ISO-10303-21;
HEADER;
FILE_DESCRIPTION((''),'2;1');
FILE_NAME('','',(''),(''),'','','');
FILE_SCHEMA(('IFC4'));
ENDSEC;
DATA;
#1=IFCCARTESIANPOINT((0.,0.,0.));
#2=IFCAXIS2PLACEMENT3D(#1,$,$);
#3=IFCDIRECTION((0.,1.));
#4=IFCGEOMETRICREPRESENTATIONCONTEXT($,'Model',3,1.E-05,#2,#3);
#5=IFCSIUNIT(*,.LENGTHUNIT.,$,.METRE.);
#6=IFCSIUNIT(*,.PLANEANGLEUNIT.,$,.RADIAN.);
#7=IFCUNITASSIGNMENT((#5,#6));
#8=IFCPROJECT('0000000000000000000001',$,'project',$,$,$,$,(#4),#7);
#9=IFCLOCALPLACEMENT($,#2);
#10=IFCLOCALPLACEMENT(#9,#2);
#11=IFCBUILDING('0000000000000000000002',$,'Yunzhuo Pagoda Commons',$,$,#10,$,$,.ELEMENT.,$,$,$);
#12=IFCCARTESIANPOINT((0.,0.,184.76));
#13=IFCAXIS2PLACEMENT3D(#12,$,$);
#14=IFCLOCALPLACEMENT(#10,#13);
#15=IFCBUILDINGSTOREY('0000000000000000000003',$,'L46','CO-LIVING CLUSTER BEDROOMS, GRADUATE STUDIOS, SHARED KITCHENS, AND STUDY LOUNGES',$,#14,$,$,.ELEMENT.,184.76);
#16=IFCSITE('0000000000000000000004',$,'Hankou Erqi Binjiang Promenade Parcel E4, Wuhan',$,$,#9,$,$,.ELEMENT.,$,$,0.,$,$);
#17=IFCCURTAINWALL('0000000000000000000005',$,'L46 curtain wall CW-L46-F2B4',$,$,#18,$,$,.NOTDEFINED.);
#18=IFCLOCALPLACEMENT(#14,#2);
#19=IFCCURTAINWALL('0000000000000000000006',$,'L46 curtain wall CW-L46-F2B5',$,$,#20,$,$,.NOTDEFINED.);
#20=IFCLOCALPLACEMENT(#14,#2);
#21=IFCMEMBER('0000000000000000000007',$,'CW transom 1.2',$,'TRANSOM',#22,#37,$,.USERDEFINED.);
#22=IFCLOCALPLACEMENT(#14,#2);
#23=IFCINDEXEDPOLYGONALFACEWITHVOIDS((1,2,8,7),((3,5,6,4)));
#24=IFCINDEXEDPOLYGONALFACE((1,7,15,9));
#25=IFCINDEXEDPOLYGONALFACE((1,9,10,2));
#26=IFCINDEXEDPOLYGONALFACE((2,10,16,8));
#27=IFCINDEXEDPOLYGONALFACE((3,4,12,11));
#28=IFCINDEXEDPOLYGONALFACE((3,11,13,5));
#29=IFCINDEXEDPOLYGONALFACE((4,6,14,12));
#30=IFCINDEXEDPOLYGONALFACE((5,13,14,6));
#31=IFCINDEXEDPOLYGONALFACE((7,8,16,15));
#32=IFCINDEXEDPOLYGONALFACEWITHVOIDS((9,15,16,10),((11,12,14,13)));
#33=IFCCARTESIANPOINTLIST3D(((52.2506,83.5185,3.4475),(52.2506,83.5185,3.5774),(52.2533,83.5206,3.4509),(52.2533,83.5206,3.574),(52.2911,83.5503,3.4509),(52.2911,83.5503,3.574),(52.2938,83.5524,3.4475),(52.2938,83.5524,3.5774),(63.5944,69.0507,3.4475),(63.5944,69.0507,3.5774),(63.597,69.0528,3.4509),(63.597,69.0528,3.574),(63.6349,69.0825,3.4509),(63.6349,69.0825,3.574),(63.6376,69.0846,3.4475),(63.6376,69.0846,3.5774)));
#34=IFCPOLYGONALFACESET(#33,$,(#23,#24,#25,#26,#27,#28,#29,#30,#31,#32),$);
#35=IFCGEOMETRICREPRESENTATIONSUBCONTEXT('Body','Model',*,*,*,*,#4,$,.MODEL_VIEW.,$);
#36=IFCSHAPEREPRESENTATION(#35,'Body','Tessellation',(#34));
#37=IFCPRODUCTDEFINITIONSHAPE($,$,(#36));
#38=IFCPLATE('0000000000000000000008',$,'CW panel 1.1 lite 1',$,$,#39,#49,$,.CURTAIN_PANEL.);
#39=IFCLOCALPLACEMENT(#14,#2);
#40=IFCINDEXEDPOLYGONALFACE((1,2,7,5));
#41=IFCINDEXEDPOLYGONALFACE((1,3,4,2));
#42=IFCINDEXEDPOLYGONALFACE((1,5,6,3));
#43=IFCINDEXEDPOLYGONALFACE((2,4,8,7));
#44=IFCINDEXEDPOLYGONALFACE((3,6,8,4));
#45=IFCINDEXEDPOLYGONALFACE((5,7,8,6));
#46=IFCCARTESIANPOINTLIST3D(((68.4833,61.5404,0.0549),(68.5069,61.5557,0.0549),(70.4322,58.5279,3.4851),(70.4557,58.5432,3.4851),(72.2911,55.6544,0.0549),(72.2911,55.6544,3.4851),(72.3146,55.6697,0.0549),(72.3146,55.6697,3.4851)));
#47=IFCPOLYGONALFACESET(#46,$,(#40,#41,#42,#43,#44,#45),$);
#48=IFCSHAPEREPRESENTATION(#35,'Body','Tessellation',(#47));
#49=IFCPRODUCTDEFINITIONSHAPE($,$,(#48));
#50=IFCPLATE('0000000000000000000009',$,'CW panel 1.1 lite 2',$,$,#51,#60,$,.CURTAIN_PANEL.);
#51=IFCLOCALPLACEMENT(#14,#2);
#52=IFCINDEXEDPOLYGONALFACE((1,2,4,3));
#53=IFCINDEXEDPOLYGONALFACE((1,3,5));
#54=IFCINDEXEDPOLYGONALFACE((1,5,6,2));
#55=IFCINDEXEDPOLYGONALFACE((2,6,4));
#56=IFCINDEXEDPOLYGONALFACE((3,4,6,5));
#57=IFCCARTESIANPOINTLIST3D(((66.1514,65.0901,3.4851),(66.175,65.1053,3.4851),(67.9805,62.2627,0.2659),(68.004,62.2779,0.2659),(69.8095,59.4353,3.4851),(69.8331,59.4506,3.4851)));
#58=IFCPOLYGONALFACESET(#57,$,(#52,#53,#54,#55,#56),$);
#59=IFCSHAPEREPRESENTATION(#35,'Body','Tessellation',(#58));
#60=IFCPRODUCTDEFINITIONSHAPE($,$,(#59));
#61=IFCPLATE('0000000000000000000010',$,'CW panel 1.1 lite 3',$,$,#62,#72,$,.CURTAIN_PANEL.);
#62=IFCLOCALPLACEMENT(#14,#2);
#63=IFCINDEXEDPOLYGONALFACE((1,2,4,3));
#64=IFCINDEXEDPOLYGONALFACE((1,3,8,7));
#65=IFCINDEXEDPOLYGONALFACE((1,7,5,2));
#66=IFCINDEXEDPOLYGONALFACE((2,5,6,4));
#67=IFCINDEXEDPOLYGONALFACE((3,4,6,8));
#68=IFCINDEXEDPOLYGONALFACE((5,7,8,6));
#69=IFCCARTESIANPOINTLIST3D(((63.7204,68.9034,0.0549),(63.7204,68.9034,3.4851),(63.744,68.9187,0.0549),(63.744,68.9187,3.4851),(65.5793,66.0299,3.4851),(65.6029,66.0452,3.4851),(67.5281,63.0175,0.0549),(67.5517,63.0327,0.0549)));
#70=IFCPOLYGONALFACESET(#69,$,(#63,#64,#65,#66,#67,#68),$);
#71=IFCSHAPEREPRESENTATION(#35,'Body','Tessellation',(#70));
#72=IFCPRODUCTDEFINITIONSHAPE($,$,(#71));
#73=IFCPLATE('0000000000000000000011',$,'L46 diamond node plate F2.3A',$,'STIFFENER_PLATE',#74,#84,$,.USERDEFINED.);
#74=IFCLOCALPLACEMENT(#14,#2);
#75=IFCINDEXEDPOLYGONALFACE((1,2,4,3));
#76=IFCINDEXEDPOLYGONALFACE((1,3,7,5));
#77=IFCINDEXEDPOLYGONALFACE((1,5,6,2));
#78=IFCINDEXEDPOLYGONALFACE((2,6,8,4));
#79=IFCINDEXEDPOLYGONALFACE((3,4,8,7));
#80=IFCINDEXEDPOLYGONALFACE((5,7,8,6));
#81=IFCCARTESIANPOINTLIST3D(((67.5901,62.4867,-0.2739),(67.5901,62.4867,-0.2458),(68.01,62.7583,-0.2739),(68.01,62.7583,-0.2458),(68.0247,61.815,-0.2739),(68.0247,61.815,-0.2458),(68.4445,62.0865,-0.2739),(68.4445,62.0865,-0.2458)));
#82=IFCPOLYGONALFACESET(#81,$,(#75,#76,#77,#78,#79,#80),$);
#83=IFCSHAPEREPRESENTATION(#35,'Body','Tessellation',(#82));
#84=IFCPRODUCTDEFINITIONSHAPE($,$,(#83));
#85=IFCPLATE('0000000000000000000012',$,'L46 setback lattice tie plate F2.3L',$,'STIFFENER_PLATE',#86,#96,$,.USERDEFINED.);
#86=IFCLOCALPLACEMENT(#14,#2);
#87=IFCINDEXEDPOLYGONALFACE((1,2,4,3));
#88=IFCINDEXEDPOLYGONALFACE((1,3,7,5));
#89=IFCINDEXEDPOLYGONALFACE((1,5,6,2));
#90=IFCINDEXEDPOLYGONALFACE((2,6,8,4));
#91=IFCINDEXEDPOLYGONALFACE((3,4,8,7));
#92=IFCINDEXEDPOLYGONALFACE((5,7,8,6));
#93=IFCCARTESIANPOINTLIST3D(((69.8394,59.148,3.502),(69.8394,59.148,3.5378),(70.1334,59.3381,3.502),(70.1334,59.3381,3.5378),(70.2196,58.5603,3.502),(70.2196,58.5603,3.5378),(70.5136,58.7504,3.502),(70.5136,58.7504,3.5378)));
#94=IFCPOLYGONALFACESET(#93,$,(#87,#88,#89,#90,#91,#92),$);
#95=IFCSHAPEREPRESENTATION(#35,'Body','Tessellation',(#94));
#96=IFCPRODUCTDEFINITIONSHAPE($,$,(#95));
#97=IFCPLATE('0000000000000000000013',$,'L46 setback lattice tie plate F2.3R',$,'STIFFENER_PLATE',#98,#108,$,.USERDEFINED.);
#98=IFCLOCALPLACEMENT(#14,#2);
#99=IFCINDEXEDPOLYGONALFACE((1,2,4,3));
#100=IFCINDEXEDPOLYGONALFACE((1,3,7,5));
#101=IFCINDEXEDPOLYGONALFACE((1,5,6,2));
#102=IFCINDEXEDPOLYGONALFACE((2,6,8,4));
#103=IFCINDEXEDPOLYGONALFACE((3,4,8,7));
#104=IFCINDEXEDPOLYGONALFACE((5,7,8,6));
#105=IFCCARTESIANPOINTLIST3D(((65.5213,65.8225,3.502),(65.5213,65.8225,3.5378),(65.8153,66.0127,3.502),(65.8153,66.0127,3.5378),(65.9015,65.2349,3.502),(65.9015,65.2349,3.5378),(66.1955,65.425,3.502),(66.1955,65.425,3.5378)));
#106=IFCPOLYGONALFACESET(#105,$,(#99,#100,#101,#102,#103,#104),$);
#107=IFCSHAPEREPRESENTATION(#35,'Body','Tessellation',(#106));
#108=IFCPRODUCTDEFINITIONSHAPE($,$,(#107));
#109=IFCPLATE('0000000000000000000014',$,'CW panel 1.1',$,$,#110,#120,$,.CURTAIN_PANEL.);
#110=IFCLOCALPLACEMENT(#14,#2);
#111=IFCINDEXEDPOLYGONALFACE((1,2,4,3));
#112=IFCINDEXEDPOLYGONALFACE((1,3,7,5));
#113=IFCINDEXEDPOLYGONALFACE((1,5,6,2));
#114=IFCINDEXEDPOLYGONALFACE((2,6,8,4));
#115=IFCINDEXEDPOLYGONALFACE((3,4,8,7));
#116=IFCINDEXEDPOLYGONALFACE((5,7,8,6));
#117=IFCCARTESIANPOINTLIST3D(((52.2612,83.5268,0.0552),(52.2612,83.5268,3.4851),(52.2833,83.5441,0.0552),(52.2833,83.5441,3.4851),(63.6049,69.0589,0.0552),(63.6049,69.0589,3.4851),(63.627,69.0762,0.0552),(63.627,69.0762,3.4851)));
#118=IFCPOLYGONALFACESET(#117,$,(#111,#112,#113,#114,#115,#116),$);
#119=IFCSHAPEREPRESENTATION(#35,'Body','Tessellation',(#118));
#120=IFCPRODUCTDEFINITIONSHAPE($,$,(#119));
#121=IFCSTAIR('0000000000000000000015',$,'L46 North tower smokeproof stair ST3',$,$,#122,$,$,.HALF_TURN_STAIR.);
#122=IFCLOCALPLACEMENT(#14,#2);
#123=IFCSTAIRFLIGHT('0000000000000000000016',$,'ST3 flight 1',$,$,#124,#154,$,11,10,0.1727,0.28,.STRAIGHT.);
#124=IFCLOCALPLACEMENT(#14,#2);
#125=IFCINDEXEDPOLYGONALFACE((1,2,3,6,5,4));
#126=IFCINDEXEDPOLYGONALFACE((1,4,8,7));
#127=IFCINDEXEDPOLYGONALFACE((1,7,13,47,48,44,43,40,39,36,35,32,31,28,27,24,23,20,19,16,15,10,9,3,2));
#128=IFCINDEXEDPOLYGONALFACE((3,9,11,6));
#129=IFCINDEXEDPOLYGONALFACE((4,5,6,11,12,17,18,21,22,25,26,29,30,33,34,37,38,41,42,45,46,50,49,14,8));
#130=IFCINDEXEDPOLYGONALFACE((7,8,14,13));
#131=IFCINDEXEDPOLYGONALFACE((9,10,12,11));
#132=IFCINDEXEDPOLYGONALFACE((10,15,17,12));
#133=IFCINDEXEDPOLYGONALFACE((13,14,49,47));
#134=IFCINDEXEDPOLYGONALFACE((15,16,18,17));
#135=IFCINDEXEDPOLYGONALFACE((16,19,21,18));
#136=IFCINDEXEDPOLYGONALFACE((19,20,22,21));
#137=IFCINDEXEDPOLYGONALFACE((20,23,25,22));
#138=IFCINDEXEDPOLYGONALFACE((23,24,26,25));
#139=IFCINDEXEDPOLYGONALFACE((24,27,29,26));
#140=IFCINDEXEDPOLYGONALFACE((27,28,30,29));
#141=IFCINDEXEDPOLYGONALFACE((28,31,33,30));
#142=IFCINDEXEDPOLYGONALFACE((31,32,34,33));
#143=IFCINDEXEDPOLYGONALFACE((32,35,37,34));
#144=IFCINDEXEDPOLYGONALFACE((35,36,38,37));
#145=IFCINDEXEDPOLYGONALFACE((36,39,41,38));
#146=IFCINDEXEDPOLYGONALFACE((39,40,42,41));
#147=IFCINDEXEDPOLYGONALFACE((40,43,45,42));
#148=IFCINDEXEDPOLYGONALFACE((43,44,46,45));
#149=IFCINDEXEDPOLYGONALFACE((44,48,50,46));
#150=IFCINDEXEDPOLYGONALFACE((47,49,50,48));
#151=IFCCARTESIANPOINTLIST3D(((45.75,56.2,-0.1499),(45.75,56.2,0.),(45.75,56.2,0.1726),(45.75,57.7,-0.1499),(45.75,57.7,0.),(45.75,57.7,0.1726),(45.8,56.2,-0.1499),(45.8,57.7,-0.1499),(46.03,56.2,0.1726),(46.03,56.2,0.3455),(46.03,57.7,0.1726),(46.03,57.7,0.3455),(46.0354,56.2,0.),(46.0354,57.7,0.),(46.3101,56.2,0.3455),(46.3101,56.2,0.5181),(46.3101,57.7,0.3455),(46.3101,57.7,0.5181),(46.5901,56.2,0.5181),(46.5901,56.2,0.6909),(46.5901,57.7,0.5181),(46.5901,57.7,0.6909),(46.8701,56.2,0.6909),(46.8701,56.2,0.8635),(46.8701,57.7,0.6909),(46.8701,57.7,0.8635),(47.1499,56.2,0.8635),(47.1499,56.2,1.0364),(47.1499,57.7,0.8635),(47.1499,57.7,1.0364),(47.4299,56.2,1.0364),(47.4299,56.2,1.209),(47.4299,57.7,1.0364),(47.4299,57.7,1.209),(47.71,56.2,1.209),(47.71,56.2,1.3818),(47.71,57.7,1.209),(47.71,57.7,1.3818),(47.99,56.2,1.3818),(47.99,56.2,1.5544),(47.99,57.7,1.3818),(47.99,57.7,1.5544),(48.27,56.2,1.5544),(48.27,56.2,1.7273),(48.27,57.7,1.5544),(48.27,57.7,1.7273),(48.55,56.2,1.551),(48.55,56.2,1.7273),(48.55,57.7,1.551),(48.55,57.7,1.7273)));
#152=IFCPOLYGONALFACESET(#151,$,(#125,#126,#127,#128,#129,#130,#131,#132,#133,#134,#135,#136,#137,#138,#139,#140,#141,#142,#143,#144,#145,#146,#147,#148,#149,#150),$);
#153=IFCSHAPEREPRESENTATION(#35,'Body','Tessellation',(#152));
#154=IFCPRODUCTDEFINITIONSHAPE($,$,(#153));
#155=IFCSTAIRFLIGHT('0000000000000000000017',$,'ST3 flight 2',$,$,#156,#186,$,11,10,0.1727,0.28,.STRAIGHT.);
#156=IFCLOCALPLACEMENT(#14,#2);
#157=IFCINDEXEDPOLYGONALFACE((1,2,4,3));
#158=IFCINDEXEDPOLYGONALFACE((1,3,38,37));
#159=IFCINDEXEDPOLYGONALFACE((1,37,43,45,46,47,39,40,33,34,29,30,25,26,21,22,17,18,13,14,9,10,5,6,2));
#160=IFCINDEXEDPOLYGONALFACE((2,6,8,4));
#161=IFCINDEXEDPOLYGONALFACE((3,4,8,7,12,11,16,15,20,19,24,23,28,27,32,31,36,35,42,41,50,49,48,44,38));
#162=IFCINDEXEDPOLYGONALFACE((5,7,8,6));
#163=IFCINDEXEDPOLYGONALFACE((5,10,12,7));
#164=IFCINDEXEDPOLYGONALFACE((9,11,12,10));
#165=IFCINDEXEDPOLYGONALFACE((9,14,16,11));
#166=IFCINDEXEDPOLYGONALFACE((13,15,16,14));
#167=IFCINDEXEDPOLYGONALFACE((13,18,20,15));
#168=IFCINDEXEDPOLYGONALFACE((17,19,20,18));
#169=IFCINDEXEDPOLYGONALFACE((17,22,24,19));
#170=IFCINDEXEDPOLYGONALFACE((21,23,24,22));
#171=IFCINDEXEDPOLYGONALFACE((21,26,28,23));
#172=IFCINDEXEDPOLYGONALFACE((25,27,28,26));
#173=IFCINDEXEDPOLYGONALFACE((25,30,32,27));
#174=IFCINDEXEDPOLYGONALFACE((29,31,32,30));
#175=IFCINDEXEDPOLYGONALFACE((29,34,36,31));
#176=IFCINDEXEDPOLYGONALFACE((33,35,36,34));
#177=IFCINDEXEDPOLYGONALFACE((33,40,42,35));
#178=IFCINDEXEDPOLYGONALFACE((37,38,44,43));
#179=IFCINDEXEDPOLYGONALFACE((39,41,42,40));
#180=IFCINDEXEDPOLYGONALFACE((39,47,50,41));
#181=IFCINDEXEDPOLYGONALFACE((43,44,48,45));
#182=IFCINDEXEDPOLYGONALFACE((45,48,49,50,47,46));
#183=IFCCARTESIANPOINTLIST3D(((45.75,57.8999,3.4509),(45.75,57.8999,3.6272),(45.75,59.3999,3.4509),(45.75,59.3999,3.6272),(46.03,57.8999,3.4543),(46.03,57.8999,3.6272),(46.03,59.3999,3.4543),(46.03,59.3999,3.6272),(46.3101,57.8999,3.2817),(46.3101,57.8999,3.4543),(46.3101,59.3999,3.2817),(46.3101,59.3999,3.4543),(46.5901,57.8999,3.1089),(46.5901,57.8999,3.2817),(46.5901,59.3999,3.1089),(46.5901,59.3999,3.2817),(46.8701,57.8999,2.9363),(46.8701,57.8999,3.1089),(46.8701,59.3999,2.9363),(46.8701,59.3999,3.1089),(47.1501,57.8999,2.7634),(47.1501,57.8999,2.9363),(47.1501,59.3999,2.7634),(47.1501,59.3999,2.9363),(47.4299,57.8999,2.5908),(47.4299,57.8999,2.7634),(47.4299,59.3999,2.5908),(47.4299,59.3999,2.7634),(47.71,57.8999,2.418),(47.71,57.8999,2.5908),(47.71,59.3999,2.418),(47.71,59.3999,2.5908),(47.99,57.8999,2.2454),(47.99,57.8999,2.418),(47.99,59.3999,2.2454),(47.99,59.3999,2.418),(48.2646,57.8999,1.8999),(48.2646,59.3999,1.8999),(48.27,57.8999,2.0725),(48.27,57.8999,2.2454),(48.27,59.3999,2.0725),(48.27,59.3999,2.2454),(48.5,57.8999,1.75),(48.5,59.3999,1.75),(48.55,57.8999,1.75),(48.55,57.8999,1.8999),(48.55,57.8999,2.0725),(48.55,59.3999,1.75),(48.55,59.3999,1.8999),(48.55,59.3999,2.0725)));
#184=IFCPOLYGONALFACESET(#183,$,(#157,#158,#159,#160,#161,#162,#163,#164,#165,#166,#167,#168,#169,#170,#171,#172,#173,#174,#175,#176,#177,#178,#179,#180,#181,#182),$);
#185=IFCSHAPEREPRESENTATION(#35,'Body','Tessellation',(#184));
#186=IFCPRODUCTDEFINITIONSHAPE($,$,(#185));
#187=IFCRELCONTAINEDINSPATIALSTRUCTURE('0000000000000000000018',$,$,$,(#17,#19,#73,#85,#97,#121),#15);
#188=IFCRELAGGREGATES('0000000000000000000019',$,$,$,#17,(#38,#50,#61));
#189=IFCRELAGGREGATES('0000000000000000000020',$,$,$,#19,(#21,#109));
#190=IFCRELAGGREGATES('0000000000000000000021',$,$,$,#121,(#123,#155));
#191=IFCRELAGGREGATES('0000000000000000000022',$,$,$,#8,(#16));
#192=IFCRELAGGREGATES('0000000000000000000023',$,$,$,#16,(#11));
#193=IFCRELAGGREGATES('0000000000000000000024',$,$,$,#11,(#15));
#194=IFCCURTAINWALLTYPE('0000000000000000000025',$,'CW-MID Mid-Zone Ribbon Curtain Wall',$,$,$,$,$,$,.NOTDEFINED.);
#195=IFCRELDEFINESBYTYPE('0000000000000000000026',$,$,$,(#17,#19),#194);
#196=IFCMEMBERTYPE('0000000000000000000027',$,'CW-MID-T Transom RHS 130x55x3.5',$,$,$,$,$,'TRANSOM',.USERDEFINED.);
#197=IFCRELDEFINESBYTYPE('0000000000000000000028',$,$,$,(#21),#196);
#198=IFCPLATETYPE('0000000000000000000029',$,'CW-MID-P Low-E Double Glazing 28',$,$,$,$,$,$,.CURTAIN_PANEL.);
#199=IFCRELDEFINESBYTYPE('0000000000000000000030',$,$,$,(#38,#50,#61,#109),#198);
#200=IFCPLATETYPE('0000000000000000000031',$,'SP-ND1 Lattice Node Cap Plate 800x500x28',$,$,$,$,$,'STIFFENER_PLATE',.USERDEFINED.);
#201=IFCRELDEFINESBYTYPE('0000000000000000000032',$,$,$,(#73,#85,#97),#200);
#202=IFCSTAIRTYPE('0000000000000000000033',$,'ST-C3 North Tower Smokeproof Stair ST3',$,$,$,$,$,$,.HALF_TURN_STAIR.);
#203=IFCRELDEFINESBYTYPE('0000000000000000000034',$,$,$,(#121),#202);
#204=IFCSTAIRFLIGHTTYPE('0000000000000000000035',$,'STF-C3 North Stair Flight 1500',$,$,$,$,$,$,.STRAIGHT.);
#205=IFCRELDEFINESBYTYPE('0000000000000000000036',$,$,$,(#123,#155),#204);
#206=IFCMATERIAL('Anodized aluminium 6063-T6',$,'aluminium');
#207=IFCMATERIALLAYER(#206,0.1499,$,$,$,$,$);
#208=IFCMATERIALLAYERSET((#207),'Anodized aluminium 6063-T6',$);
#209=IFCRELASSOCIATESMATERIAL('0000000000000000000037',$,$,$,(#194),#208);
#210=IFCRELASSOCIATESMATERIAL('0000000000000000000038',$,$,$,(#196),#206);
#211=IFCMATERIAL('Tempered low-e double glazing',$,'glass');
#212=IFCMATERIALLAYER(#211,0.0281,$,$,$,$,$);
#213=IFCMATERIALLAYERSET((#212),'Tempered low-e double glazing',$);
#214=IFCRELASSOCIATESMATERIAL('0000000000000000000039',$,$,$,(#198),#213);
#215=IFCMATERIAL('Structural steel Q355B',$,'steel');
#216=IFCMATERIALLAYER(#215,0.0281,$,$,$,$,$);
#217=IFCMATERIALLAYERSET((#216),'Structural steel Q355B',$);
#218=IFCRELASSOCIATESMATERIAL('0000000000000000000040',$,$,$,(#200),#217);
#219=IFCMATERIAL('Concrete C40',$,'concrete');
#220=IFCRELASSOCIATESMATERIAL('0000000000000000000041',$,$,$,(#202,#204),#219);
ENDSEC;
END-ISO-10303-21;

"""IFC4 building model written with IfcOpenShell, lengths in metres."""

from ifc_helpers import new_model, si_unit, direction, frame, origin, origin_2d, place, context, subcontext, project, spatial, polyline, rectangle, hollow_rectangle, outline, extrude, source, transform, mapped, material, layer, layer_set, material_profile, profile_set, type_object, element, aggregate, save


model = new_model("IFC4")

# Units and contexts
model_context = context("Model", 3, precision=1e-05, world=origin(), true_north=direction((0.0, 1.0)))
body_context = subcontext(model_context, "Body", "Model", "MODEL_VIEW")
ifc_project = project(units=[si_unit("LENGTHUNIT", "METRE"), si_unit("PLANEANGLEUNIT", "RADIAN")], contexts=[model_context])

# Site, building, storey
site_placement = place(None, origin())
site = spatial("IfcSite", under=ifc_project, at=site_placement, Name="Hankou Erqi Binjiang Promenade Parcel E4, Wuhan", CompositionType="ELEMENT", RefElevation=0.0)
building_placement = place(site_placement, origin())
building = spatial("IfcBuilding", under=site, at=building_placement, Name="Yunzhuo Pagoda Commons", CompositionType="ELEMENT")
storey_placement = place(building_placement, frame((0.0, 0.0, 184.76)))
storey = spatial("IfcBuildingStorey", under=building, at=storey_placement, Name="L46", Description="CO-LIVING CLUSTER BEDROOMS, GRADUATE STUDIOS, SHARED KITCHENS, AND STUDY LOUNGES", CompositionType="ELEMENT", Elevation=184.76)

# Shared definitions
ifc_material_1 = material(Name="Structural steel Q355B", Category="steel")

# Curtain wall
ifc_material_2 = material(Name="Anodized aluminium 6063-T6", Category="aluminium")
ifc_layer_1 = layer(ifc_material_2, 0.1499)
ifc_layer_set_1 = layer_set([ifc_layer_1], Name="Anodized aluminium 6063-T6")
curtain_wall_type = type_object("IfcCurtainWallType", Name="CW-MID Mid-Zone Ribbon Curtain Wall", PredefinedType="NOTDEFINED", material=ifc_layer_set_1)
curtain_wall_1_placement = place(storey_placement, origin())
curtain_wall_1 = element("IfcCurtainWall", 1, at=curtain_wall_1_placement, inside=storey, type_object=curtain_wall_type, Name="L46 curtain wall CW-L46-F2B4", PredefinedType="NOTDEFINED")

# Curtain wall, member
curtain_wall_2_placement = place(storey_placement, origin())
curtain_wall_2 = element("IfcCurtainWall", 2, at=curtain_wall_2_placement, inside=storey, type_object=curtain_wall_type, Name="L46 curtain wall CW-L46-F2B5", PredefinedType="NOTDEFINED")
ifc_material_profile_1 = material_profile(ifc_material_2, hollow_rectangle(XDim=0.0549, YDim=0.1299, WallThickness=0.0034, at=origin_2d()), Name="Anodized aluminium 6063-T6")
ifc_profile_set_1 = profile_set([ifc_material_profile_1], Name="Anodized aluminium 6063-T6")
member_type_1 = type_object("IfcMemberType", Name="CW-MID-T Transom RHS 130x55x3.5", ElementType="TRANSOM", PredefinedType="USERDEFINED", material=ifc_profile_set_1)
shared_shape_1 = source(origin(), body_context, "Body", "SweptSolid", [
    extrude(hollow_rectangle(XDim=0.0549, YDim=0.1299, WallThickness=0.0034, at=origin_2d()), origin(), (0.0, 0.0, 1.0), 18.3848),
])
member_1_placement = place(storey_placement, frame((63.616, 69.0676, 3.5125), z_axis=(-0.617021, 0.786946, 0.0), x_axis=(-0.786946, -0.617021, 0.0)))
member_1 = element("IfcMember", 3, at=member_1_placement, type_object=member_type_1, Name="CW transom 1.2", ObjectType="TRANSOM", PredefinedType="USERDEFINED", context=body_context, shape_type="MappedRepresentation", body=[
    mapped(shared_shape_1, transform((0.0, 0.0, 0.0), scale=1.0)),
])

# Plates
ifc_material_3 = material(Name="Tempered low-e double glazing", Category="glass")
ifc_layer_2 = layer(ifc_material_3, 0.0281)
ifc_layer_set_2 = layer_set([ifc_layer_2], Name="Tempered low-e double glazing")
plate_type_1 = type_object("IfcPlateType", Name="CW-MID-P Low-E Double Glazing 28", PredefinedType="CURTAIN_PANEL", material=ifc_layer_set_2)
plate_1_placement = place(storey_placement, frame((70.3872, 58.5974, 1.77), z_axis=(0.839627, 0.543164, 0.0), x_axis=(-0.543164, 0.839627, 0.0)))
plate_1 = element("IfcPlate", 4, at=plate_1_placement, type_object=plate_type_1, Name="CW panel 1.1 lite 1", PredefinedType="CURTAIN_PANEL", context=body_context, shape_type="SweptSolid", body=[
    extrude(outline(polyline([(-3.5051, -1.7151), (3.5051, -1.7151), (-0.0828, 1.7151), (-3.5051, 1.7151), (-3.5051, -1.7151)])), origin(), (0.0, 0.0, 1.0), 0.0281),
])
plate_2_placement = place(storey_placement, frame((67.9805, 62.2627, 1.8755), z_axis=(0.839627, 0.543164, 0.0), x_axis=(-0.543164, 0.839627, 0.0)))
plate_2 = element("IfcPlate", 5, at=plate_2_placement, type_object=plate_type_1, Name="CW panel 1.1 lite 2", PredefinedType="CURTAIN_PANEL", context=body_context, shape_type="SweptSolid", body=[
    extrude(outline(polyline([(-3.3674, 1.6096), (0.0, -1.6096), (3.3674, 1.6096), (-3.3674, 1.6096)])), origin(), (0.0, 0.0, 1.0), 0.0281),
])
plate_3_placement = place(storey_placement, frame((65.6243, 65.9604, 1.77), z_axis=(0.839627, 0.543164, 0.0), x_axis=(-0.543164, 0.839627, 0.0)))
plate_3 = element("IfcPlate", 6, at=plate_3_placement, type_object=plate_type_1, Name="CW panel 1.1 lite 3", PredefinedType="CURTAIN_PANEL", context=body_context, shape_type="SweptSolid", body=[
    extrude(outline(polyline([(-3.5051, -1.7151), (3.5051, -1.7151), (3.5051, 1.7151), (0.0828, 1.7151), (-3.5051, -1.7151)])), origin(), (0.0, 0.0, 1.0), 0.0281),
])
aggregate(curtain_wall_1, [plate_1, plate_2, plate_3])

# Plates
ifc_layer_3 = layer(ifc_material_1, 0.0281)
ifc_layer_set_3 = layer_set([ifc_layer_3], Name="Structural steel Q355B")
plate_type_2 = type_object("IfcPlateType", Name="SP-ND1 Lattice Node Cap Plate 800x500x28", ElementType="STIFFENER_PLATE", PredefinedType="USERDEFINED", material=ifc_layer_set_3)
shared_shape_2 = source(origin(), body_context, "Body", "SweptSolid", [
    extrude(rectangle(XDim=0.8, YDim=0.5, at=origin_2d()), origin(), (0.0, 0.0, 1.0), 0.0281),
])
plate_4_placement = place(storey_placement, frame((68.0173, 62.2866, -0.2739), z_axis=(0.0, 0.0, 1.0), x_axis=(-0.54316, 0.839629, 0.0)))
element("IfcPlate", 7, at=plate_4_placement, inside=storey, type_object=plate_type_2, Name="L46 diamond node plate F2.3A", ObjectType="STIFFENER_PLATE", PredefinedType="USERDEFINED", context=body_context, shape_type="MappedRepresentation", body=[
    mapped(shared_shape_2, transform((0.0, 0.0, 0.0), scale=1.0)),
])
shared_shape_3 = source(origin(), body_context, "Body", "SweptSolid", [
    extrude(rectangle(XDim=0.7, YDim=0.3501, at=origin_2d()), origin(), (0.0, 0.0, 1.0), 0.0359),
])
for number, where, z_axis, x_axis, name in (
    (8, (70.1765, 58.9492, 3.502), (0.0, 0.0, 1.0), (-0.54316, 0.839629, 0.0), "L46 setback lattice tie plate F2.3L"),
    (9, (65.8584, 65.6238, 3.502), (0.0, 0.0, 1.0), (-0.54316, 0.839629, 0.0), "L46 setback lattice tie plate F2.3R"),
):
    element("IfcPlate", number, at=place(storey_placement, frame(where, z_axis=z_axis, x_axis=x_axis)), inside=storey, type_object=plate_type_2, Name=name, ObjectType="STIFFENER_PLATE", PredefinedType="USERDEFINED", context=body_context, shape_type="MappedRepresentation", body=[
        mapped(shared_shape_3, transform((0.0, 0.0, 0.0), scale=1.0)),
    ])

# Plate
shared_shape_4 = source(origin(), body_context, "Body", "SweptSolid", [
    extrude(rectangle(XDim=18.3848, YDim=0.0281, at=origin_2d()), origin(), (0.0, 0.0, 1.0), 3.4299),
])
plate_5_placement = place(storey_placement, frame((57.9441, 76.3015, 0.0552), z_axis=(0.0, 0.0, 1.0), x_axis=(-0.617016, 0.78695, 0.0)))
plate_5 = element("IfcPlate", 10, at=plate_5_placement, type_object=plate_type_1, Name="CW panel 1.1", PredefinedType="CURTAIN_PANEL", context=body_context, shape_type="MappedRepresentation", body=[
    mapped(shared_shape_4, transform((0.0, 0.0, 0.0), scale=1.0)),
])
aggregate(curtain_wall_2, [member_1, plate_5])

# Stair, stair flights
ifc_material_4 = material(Name="Concrete C40", Category="concrete")
stair_type = type_object("IfcStairType", Name="ST-C3 North Tower Smokeproof Stair ST3", PredefinedType="HALF_TURN_STAIR", material=ifc_material_4)
stair_placement = place(storey_placement, origin())
stair = element("IfcStair", 11, at=stair_placement, inside=storey, type_object=stair_type, Name="L46 North tower smokeproof stair ST3", PredefinedType="HALF_TURN_STAIR")
stair_flight_type = type_object("IfcStairFlightType", Name="STF-C3 North Stair Flight 1500", PredefinedType="STRAIGHT", material=ifc_material_4)
shared_shape_5 = source(origin(), body_context, "Body", "SweptSolid", [
    extrude(outline(polyline([(0.0, -0.1499), (0.0, 0.0), (0.0, 0.1726), (0.28, 0.1726), (0.28, 0.3455), (0.5601, 0.3455), (0.5601, 0.5181), (0.8401, 0.5181), (0.8401, 0.6909), (1.1201, 0.6909), (1.1201, 0.8635), (1.3999, 0.8635), (1.3999, 1.0364), (1.6799, 1.0364), (1.6799, 1.209), (1.96, 1.209), (1.96, 1.3818), (2.24, 1.3818), (2.24, 1.5544), (2.52, 1.5544), (2.52, 1.7273), (2.8, 1.7273), (2.8, 1.8999), (2.8, 1.551), (0.2854, 0.0), (0.05, -0.1499), (0.0, -0.1499)])), frame((0.0, 0.75, 0.0), z_axis=(0.0, -1.0, 0.0), x_axis=(1.0, 0.0, 0.0)), (0.0, 0.0, 1.0), 1.5),
])
stair_flight_1_placement = place(storey_placement, frame((45.75, 56.95, 0.0), z_axis=(0.0, 0.0, 1.0), x_axis=(1.0, 0.0, 0.0)))
stair_flight_1 = element("IfcStairFlight", 12, at=stair_flight_1_placement, type_object=stair_flight_type, Name="ST3 flight 1", NumberOfRisers=11, NumberOfTreads=10, PredefinedType="STRAIGHT", RiserHeight=0.1727, TreadLength=0.28, context=body_context, shape_type="MappedRepresentation", body=[
    mapped(shared_shape_5, transform((0.0, 0.0, 0.0), scale=1.0)),
])
stair_flight_2_placement = place(storey_placement, frame((48.55, 58.6499, 1.8999), z_axis=(0.0, 0.0, 1.0), x_axis=(-1.0, 0.0, 0.0)))
stair_flight_2 = element("IfcStairFlight", 13, at=stair_flight_2_placement, type_object=stair_flight_type, Name="ST3 flight 2", NumberOfRisers=11, NumberOfTreads=10, PredefinedType="STRAIGHT", RiserHeight=0.1727, TreadLength=0.28, context=body_context, shape_type="MappedRepresentation", body=[
    mapped(shared_shape_5, transform((0.0, 0.0, 0.0), scale=1.0)),
])
aggregate(stair, [stair_flight_1, stair_flight_2])

save(model, "model.ifc")
